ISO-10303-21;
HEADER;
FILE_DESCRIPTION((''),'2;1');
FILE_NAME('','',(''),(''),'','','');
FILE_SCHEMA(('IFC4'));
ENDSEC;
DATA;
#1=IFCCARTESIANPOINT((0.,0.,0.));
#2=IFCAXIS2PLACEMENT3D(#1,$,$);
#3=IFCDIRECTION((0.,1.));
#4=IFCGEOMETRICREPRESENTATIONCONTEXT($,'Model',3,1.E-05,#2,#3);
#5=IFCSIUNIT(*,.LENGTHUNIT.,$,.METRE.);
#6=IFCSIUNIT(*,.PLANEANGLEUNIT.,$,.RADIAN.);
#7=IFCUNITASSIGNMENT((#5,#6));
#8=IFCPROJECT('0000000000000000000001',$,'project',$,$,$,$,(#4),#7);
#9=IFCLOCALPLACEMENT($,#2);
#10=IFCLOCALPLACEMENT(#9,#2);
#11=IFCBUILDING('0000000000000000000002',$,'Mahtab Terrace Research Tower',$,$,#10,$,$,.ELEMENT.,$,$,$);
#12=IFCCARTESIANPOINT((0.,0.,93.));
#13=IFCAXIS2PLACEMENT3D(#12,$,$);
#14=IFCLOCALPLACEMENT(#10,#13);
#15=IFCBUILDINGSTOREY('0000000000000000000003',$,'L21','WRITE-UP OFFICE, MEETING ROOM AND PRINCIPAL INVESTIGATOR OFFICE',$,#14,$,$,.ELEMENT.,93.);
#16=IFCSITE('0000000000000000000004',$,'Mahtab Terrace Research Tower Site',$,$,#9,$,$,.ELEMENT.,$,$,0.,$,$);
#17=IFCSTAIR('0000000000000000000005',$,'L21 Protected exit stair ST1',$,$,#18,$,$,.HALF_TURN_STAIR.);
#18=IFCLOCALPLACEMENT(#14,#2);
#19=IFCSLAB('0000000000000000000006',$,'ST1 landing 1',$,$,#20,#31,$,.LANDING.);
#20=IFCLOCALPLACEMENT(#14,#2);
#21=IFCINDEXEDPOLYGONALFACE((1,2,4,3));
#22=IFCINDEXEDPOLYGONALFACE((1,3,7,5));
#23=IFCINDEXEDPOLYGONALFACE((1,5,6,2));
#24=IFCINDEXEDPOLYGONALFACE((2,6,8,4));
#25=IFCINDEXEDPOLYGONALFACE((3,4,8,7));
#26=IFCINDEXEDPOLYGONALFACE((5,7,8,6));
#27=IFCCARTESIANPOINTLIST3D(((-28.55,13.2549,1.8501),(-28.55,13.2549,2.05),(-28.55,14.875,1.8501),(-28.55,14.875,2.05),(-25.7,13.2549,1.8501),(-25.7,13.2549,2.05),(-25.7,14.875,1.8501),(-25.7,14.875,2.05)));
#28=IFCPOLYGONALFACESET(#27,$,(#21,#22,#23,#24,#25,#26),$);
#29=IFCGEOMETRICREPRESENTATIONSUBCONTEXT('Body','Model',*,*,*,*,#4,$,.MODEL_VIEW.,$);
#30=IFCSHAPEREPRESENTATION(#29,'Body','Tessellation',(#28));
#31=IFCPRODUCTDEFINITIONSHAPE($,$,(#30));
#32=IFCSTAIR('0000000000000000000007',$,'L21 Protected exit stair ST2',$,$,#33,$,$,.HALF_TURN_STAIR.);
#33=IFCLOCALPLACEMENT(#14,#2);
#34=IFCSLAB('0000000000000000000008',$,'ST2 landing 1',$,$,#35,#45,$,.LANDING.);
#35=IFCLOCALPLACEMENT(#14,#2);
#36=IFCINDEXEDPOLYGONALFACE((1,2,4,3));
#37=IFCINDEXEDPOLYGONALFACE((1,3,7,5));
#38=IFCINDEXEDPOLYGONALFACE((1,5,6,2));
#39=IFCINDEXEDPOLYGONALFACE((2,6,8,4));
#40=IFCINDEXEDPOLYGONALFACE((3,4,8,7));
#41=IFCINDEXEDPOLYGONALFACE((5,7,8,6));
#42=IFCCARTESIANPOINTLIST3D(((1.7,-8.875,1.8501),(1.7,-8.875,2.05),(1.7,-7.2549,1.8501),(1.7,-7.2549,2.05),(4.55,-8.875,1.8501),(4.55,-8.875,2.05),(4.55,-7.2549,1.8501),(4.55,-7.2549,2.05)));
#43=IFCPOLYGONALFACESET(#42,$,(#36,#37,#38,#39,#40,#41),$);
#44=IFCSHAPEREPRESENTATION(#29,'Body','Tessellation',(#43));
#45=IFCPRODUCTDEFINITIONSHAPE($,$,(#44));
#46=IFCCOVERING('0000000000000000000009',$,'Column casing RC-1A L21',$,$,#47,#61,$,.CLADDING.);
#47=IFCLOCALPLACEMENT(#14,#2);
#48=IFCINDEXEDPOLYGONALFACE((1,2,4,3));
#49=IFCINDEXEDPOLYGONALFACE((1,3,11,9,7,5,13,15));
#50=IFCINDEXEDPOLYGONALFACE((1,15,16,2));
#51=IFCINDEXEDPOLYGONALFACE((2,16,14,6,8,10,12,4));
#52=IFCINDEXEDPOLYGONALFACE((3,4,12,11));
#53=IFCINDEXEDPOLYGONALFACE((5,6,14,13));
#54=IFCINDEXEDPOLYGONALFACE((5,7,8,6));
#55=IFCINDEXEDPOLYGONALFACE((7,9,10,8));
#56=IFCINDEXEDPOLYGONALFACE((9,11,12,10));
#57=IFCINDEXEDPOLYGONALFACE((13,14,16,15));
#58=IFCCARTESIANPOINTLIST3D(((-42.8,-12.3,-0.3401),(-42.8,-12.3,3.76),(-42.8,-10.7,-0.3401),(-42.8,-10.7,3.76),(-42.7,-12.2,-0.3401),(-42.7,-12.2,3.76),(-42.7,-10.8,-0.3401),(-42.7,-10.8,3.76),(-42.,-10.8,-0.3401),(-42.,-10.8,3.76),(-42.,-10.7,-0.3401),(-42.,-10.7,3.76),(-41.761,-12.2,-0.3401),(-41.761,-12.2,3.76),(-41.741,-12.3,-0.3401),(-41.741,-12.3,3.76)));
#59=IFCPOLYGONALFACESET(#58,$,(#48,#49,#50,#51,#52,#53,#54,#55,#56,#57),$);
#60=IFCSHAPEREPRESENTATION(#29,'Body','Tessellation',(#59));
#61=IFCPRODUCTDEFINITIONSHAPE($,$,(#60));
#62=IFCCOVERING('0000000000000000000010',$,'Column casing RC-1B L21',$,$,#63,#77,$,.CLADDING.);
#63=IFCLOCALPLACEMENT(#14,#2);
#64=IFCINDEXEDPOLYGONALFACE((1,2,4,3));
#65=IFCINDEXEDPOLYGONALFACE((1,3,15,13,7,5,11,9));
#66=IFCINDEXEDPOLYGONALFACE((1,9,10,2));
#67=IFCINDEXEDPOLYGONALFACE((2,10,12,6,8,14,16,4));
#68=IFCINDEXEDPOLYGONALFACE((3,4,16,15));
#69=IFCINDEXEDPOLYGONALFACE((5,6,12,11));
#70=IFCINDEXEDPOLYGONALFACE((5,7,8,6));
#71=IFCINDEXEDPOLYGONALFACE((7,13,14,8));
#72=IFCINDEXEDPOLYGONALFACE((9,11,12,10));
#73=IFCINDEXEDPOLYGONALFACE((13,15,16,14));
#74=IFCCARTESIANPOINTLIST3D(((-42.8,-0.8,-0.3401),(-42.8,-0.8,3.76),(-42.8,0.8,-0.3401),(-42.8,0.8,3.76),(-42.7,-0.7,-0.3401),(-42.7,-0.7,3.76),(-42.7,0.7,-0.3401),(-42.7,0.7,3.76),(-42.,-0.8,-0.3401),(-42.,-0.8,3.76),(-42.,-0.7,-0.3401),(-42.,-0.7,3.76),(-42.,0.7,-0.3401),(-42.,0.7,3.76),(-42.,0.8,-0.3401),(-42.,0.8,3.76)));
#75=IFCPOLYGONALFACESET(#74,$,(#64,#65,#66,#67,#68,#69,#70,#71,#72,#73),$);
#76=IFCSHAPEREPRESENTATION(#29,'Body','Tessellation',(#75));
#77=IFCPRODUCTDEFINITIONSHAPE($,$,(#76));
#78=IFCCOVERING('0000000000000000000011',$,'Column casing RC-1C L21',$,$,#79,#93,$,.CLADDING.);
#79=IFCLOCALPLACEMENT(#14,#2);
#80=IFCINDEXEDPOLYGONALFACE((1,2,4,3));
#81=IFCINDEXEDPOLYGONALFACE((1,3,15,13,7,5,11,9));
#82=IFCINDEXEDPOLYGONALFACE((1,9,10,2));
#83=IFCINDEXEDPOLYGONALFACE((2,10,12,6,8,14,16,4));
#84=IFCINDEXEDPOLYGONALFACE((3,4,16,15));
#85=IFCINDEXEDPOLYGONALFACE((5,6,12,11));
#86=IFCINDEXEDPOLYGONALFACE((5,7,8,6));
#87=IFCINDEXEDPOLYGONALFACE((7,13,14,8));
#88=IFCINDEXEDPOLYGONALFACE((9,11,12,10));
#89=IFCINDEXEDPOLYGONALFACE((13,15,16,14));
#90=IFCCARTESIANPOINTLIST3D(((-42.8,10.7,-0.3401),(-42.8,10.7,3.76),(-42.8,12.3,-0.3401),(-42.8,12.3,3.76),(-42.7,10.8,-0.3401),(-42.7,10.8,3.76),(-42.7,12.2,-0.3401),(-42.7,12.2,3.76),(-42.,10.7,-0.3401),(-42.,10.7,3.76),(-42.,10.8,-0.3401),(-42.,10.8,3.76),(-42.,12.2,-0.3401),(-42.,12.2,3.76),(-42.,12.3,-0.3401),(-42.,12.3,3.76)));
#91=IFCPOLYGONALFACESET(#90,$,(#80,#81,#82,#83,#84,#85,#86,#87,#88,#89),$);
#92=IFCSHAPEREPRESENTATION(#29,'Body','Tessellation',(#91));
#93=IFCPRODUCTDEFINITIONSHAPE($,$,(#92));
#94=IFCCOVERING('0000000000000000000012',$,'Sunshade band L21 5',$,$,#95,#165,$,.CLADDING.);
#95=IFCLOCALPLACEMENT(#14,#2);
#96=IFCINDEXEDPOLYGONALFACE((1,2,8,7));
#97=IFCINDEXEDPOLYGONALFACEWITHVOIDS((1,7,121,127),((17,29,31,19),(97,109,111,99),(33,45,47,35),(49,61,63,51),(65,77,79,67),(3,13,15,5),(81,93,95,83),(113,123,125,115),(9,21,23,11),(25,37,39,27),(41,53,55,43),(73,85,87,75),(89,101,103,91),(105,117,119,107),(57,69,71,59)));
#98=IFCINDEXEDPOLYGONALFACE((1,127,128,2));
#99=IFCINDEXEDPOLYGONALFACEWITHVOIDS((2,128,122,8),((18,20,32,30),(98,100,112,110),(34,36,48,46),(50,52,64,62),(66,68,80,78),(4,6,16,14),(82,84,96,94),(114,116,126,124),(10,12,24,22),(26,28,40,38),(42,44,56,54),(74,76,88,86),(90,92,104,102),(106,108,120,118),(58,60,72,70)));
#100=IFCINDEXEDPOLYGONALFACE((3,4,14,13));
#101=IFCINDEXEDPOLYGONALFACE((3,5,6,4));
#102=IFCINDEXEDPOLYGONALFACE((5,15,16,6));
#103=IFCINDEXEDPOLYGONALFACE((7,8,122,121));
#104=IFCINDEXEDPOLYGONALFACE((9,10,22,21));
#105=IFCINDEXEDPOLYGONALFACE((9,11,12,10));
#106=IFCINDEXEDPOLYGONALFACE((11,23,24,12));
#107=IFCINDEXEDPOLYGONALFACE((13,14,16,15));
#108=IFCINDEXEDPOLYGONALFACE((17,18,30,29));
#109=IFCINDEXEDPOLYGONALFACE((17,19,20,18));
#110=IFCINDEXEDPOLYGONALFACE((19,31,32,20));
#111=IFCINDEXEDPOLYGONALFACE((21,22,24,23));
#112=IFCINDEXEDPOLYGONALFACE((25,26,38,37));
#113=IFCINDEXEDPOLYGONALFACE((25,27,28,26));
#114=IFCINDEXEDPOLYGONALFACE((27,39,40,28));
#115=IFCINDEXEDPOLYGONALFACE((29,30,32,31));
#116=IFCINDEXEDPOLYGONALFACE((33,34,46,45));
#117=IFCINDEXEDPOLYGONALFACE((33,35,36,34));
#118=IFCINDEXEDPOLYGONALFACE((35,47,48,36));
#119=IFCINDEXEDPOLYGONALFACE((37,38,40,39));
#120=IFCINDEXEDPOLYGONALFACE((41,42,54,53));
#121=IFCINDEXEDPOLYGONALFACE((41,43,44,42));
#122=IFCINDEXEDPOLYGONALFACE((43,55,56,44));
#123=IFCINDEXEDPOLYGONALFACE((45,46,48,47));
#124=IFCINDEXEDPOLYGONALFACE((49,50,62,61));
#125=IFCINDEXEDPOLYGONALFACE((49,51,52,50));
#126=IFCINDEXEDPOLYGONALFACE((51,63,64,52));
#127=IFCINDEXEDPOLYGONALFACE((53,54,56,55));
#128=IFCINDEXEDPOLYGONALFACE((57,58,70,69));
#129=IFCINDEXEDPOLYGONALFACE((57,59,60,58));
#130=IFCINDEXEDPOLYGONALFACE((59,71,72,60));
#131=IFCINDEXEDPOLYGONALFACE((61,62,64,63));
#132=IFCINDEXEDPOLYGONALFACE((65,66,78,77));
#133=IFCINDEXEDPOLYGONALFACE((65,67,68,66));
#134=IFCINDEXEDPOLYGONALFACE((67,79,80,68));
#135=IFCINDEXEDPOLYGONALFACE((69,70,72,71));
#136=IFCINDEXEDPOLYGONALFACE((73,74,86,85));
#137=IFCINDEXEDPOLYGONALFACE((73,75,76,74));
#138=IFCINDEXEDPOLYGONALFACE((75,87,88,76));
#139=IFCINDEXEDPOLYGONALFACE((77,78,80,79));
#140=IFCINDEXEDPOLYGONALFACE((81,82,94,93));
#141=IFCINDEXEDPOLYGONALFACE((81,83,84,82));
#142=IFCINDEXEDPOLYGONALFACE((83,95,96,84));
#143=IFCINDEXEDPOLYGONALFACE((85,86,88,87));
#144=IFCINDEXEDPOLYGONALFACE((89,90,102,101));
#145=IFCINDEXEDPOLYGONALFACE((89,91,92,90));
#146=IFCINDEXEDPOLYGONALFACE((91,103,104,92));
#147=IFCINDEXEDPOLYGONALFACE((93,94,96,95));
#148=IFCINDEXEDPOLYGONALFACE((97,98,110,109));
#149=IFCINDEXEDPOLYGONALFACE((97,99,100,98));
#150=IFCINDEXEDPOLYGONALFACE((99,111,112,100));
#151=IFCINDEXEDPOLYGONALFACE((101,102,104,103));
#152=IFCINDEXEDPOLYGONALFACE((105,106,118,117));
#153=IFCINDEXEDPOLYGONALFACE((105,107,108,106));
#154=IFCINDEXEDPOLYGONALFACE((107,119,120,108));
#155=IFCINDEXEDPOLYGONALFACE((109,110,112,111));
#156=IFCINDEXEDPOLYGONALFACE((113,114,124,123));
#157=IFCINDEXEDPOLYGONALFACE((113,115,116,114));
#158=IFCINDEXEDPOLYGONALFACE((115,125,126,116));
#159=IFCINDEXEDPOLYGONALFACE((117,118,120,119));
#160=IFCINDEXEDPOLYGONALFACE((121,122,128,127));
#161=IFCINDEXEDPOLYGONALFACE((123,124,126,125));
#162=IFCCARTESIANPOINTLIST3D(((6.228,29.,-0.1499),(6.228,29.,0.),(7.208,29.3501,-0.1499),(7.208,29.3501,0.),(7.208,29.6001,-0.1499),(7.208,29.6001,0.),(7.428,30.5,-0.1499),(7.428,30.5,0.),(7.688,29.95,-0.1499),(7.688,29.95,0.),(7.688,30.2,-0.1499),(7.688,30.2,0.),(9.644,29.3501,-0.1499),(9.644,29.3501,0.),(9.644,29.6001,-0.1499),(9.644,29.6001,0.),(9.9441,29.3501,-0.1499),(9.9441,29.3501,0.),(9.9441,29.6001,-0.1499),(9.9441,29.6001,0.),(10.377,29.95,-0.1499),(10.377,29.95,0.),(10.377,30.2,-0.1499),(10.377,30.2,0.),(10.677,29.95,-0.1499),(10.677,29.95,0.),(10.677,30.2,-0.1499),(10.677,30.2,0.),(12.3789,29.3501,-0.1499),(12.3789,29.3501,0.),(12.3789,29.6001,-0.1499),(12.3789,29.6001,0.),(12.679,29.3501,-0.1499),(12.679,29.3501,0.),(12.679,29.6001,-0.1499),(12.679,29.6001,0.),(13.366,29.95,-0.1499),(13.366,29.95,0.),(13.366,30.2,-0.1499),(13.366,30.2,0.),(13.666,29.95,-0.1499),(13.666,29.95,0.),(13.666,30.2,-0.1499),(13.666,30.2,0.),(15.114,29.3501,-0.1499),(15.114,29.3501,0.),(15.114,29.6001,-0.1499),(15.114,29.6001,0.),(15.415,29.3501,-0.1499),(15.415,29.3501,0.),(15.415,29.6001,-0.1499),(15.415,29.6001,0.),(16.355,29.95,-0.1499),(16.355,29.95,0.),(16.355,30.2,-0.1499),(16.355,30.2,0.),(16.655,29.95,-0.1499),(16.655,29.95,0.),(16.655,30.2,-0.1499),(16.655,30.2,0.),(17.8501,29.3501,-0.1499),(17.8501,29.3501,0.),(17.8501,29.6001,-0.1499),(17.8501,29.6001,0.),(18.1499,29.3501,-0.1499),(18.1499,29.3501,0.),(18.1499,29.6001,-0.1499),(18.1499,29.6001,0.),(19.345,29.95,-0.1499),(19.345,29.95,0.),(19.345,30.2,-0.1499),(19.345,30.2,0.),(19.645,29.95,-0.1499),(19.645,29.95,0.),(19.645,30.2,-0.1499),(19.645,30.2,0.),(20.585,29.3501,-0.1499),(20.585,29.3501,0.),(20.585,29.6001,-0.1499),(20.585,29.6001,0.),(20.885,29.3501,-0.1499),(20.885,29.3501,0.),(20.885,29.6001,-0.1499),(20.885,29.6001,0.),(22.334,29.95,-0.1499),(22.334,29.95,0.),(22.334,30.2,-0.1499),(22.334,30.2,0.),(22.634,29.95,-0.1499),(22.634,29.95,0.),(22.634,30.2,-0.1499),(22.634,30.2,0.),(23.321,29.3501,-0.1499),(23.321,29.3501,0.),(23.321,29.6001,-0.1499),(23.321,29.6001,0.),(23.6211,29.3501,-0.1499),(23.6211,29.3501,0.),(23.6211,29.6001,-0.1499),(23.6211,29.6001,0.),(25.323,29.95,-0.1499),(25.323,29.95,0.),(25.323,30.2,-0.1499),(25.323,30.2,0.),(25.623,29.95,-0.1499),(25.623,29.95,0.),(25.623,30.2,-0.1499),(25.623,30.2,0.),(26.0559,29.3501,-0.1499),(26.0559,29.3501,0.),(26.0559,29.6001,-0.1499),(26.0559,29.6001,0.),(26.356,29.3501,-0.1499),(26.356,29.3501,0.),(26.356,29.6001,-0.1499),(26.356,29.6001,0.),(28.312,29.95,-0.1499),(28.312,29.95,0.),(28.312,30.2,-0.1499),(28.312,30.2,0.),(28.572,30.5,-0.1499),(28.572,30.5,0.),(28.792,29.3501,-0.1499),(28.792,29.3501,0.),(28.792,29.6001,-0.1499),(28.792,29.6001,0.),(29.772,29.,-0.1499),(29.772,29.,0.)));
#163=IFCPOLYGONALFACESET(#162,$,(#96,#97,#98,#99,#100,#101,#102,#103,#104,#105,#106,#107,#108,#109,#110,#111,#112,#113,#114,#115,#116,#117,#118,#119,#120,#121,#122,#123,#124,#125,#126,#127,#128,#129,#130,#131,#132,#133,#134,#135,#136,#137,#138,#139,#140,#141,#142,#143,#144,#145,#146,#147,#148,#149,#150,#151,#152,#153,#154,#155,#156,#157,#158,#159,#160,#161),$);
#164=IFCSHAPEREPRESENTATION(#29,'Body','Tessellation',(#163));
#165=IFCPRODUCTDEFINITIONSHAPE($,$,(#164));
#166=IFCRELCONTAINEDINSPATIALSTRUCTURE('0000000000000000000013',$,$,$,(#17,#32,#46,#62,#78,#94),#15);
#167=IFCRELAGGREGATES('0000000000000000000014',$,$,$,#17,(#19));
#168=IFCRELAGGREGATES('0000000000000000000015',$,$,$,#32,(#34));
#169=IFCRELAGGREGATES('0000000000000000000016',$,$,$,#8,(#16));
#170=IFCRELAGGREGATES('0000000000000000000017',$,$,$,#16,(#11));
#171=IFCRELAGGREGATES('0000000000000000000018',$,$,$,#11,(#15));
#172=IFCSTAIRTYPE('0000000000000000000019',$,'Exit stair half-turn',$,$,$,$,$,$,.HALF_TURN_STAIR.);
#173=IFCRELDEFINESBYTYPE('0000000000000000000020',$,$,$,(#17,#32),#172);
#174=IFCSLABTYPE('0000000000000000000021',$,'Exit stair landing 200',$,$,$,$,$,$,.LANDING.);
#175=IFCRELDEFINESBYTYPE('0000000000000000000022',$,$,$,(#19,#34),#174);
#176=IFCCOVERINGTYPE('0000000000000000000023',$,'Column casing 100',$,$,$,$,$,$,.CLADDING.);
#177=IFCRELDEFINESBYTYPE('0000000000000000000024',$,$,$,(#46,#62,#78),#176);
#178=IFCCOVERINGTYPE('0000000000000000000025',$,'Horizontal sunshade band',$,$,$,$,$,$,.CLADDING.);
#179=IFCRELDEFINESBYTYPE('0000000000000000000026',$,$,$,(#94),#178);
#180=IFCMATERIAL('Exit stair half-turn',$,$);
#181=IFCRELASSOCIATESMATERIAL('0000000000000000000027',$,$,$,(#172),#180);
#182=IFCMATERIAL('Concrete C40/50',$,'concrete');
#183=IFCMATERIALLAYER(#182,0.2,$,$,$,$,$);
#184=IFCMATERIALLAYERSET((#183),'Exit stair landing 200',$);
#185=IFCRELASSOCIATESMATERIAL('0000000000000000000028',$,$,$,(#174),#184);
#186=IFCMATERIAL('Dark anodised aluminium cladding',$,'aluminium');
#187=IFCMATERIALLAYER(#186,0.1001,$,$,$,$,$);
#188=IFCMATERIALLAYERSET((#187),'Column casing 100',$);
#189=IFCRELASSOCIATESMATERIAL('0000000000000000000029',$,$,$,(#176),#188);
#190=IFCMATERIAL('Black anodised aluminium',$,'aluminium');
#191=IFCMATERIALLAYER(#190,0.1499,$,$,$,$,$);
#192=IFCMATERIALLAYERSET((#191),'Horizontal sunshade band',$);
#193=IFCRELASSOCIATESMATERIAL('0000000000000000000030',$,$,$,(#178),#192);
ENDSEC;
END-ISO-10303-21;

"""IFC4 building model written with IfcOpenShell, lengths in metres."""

from ifc_helpers import new_model, si_unit, direction, frame, origin, place, context, subcontext, project, spatial, polyline, outline, extrude, material, layer, layer_set, type_object, element, aggregate, save


model = new_model("IFC4")

# Units and contexts
model_context = context("Model", 3, precision=1e-05, world=origin(), true_north=direction((0.0, 1.0)))
body_context = subcontext(model_context, "Body", "Model", "MODEL_VIEW")
ifc_project = project(units=[si_unit("LENGTHUNIT", "METRE"), si_unit("PLANEANGLEUNIT", "RADIAN")], contexts=[model_context])

# Site, building, storey
site_placement = place(None, origin())
site = spatial("IfcSite", under=ifc_project, at=site_placement, Name="Mahtab Terrace Research Tower Site", CompositionType="ELEMENT", RefElevation=0.0)
building_placement = place(site_placement, origin())
building = spatial("IfcBuilding", under=site, at=building_placement, Name="Mahtab Terrace Research Tower", CompositionType="ELEMENT")
storey_placement = place(building_placement, frame((0.0, 0.0, 93.0)))
storey = spatial("IfcBuildingStorey", under=building, at=storey_placement, Name="L21", Description="WRITE-UP OFFICE, MEETING ROOM AND PRINCIPAL INVESTIGATOR OFFICE", CompositionType="ELEMENT", Elevation=93.0)

# Stairs, slabs
ifc_material_1 = material(Name="Exit stair half-turn")
stair_type = type_object("IfcStairType", Name="Exit stair half-turn", PredefinedType="HALF_TURN_STAIR", material=ifc_material_1)
stair_1_placement = place(storey_placement, origin())
stair_1 = element("IfcStair", 1, at=stair_1_placement, inside=storey, type_object=stair_type, Name="L21 Protected exit stair ST1", PredefinedType="HALF_TURN_STAIR")
ifc_material_2 = material(Name="Concrete C40/50", Category="concrete")
ifc_layer_1 = layer(ifc_material_2, 0.2)
ifc_layer_set_1 = layer_set([ifc_layer_1], Name="Exit stair landing 200")
slab_type = type_object("IfcSlabType", Name="Exit stair landing 200", PredefinedType="LANDING", material=ifc_layer_set_1)
slab_1_placement = place(storey_placement, frame((0.0, 0.0, 1.8501)))
slab_1 = element("IfcSlab", 2, at=slab_1_placement, type_object=slab_type, Name="ST1 landing 1", PredefinedType="LANDING", context=body_context, shape_type="SweptSolid", body=[
    extrude(outline(polyline([(-25.7, 13.2549), (-25.7, 14.875), (-28.55, 14.875), (-28.55, 13.2549), (-25.7, 13.2549)])), origin(), (0.0, 0.0, 1.0), 0.2),
])
aggregate(stair_1, [slab_1])
stair_2_placement = place(storey_placement, origin())
stair_2 = element("IfcStair", 3, at=stair_2_placement, inside=storey, type_object=stair_type, Name="L21 Protected exit stair ST2", PredefinedType="HALF_TURN_STAIR")
slab_2_placement = place(storey_placement, frame((0.0, 0.0, 1.8501)))
slab_2 = element("IfcSlab", 4, at=slab_2_placement, type_object=slab_type, Name="ST2 landing 1", PredefinedType="LANDING", context=body_context, shape_type="SweptSolid", body=[
    extrude(outline(polyline([(1.7, -7.2549), (1.7, -8.875), (4.55, -8.875), (4.55, -7.2549), (1.7, -7.2549)])), origin(), (0.0, 0.0, 1.0), 0.2),
])
aggregate(stair_2, [slab_2])

# Coverings
ifc_material_3 = material(Name="Dark anodised aluminium cladding", Category="aluminium")
ifc_layer_2 = layer(ifc_material_3, 0.1001)
ifc_layer_set_2 = layer_set([ifc_layer_2], Name="Column casing 100")
covering_type_1 = type_object("IfcCoveringType", Name="Column casing 100", PredefinedType="CLADDING", material=ifc_layer_set_2)
covering_1_placement = place(storey_placement, frame((0.0, 0.0, -0.3401)))
element("IfcCovering", 5, at=covering_1_placement, inside=storey, type_object=covering_type_1, Name="Column casing RC-1A L21", PredefinedType="CLADDING", context=body_context, shape_type="SweptSolid", body=[
    extrude(outline(polyline([(-42.8, -10.7), (-42.0, -10.7), (-42.0, -10.8), (-42.7, -10.8), (-42.7, -12.2), (-41.761, -12.2), (-41.741, -12.3), (-42.8, -12.3), (-42.8, -10.7)])), origin(), (0.0, 0.0, 1.0), 4.1001),
])
covering_2_placement = place(storey_placement, frame((0.0, 0.0, -0.3401)))
element("IfcCovering", 6, at=covering_2_placement, inside=storey, type_object=covering_type_1, Name="Column casing RC-1B L21", PredefinedType="CLADDING", context=body_context, shape_type="SweptSolid", body=[
    extrude(outline(polyline([(-42.8, 0.8), (-42.0, 0.8), (-42.0, 0.7), (-42.7, 0.7), (-42.7, -0.7), (-42.0, -0.7), (-42.0, -0.8), (-42.8, -0.8), (-42.8, 0.8)])), origin(), (0.0, 0.0, 1.0), 4.1001),
])
covering_3_placement = place(storey_placement, frame((0.0, 0.0, -0.3401)))
element("IfcCovering", 7, at=covering_3_placement, inside=storey, type_object=covering_type_1, Name="Column casing RC-1C L21", PredefinedType="CLADDING", context=body_context, shape_type="SweptSolid", body=[
    extrude(outline(polyline([(-42.8, 12.3), (-42.0, 12.3), (-42.0, 12.2), (-42.7, 12.2), (-42.7, 10.8), (-42.0, 10.8), (-42.0, 10.7), (-42.8, 10.7), (-42.8, 12.3)])), origin(), (0.0, 0.0, 1.0), 4.1001),
])
ifc_material_4 = material(Name="Black anodised aluminium", Category="aluminium")
ifc_layer_3 = layer(ifc_material_4, 0.1499)
ifc_layer_set_3 = layer_set([ifc_layer_3], Name="Horizontal sunshade band")
covering_type_2 = type_object("IfcCoveringType", Name="Horizontal sunshade band", PredefinedType="CLADDING", material=ifc_layer_set_3)
covering_4_placement = place(storey_placement, frame((0.0, 0.0, -0.1499)))
element("IfcCovering", 8, at=covering_4_placement, inside=storey, type_object=covering_type_2, Name="Sunshade band L21 5", PredefinedType="CLADDING", context=body_context, shape_type="SweptSolid", body=[
    extrude(outline(polyline([(29.772, 29.0), (6.228, 29.0), (7.428, 30.5), (28.572, 30.5), (29.772, 29.0)]), holes=[polyline([(28.792, 29.3501), (26.356, 29.3501), (26.356, 29.6001), (28.792, 29.6001), (28.792, 29.3501)]), polyline([(26.0559, 29.3501), (23.6211, 29.3501), (23.6211, 29.6001), (26.0559, 29.6001), (26.0559, 29.3501)]), polyline([(23.321, 29.3501), (20.885, 29.3501), (20.885, 29.6001), (23.321, 29.6001), (23.321, 29.3501)]), polyline([(20.585, 29.3501), (18.1499, 29.3501), (18.1499, 29.6001), (20.585, 29.6001), (20.585, 29.3501)]), polyline([(17.8501, 29.3501), (15.415, 29.3501), (15.415, 29.6001), (17.8501, 29.6001), (17.8501, 29.3501)]), polyline([(15.114, 29.3501), (12.679, 29.3501), (12.679, 29.6001), (15.114, 29.6001), (15.114, 29.3501)]), polyline([(12.3789, 29.3501), (9.9441, 29.3501), (9.9441, 29.6001), (12.3789, 29.6001), (12.3789, 29.3501)]), polyline([(9.644, 29.3501), (7.208, 29.3501), (7.208, 29.6001), (9.644, 29.6001), (9.644, 29.3501)]), polyline([(28.312, 29.95), (25.623, 29.95), (25.623, 30.2), (28.312, 30.2), (28.312, 29.95)]), polyline([(25.323, 29.95), (22.634, 29.95), (22.634, 30.2), (25.323, 30.2), (25.323, 29.95)]), polyline([(22.334, 29.95), (19.645, 29.95), (19.645, 30.2), (22.334, 30.2), (22.334, 29.95)]), polyline([(19.345, 29.95), (16.655, 29.95), (16.655, 30.2), (19.345, 30.2), (19.345, 29.95)]), polyline([(16.355, 29.95), (13.666, 29.95), (13.666, 30.2), (16.355, 30.2), (16.355, 29.95)]), polyline([(13.366, 29.95), (10.677, 29.95), (10.677, 30.2), (13.366, 30.2), (13.366, 29.95)]), polyline([(10.377, 29.95), (7.688, 29.95), (7.688, 30.2), (10.377, 30.2), (10.377, 29.95)])]), origin(), (0.0, 0.0, 1.0), 0.1499),
])

save(model, "model.ifc")
